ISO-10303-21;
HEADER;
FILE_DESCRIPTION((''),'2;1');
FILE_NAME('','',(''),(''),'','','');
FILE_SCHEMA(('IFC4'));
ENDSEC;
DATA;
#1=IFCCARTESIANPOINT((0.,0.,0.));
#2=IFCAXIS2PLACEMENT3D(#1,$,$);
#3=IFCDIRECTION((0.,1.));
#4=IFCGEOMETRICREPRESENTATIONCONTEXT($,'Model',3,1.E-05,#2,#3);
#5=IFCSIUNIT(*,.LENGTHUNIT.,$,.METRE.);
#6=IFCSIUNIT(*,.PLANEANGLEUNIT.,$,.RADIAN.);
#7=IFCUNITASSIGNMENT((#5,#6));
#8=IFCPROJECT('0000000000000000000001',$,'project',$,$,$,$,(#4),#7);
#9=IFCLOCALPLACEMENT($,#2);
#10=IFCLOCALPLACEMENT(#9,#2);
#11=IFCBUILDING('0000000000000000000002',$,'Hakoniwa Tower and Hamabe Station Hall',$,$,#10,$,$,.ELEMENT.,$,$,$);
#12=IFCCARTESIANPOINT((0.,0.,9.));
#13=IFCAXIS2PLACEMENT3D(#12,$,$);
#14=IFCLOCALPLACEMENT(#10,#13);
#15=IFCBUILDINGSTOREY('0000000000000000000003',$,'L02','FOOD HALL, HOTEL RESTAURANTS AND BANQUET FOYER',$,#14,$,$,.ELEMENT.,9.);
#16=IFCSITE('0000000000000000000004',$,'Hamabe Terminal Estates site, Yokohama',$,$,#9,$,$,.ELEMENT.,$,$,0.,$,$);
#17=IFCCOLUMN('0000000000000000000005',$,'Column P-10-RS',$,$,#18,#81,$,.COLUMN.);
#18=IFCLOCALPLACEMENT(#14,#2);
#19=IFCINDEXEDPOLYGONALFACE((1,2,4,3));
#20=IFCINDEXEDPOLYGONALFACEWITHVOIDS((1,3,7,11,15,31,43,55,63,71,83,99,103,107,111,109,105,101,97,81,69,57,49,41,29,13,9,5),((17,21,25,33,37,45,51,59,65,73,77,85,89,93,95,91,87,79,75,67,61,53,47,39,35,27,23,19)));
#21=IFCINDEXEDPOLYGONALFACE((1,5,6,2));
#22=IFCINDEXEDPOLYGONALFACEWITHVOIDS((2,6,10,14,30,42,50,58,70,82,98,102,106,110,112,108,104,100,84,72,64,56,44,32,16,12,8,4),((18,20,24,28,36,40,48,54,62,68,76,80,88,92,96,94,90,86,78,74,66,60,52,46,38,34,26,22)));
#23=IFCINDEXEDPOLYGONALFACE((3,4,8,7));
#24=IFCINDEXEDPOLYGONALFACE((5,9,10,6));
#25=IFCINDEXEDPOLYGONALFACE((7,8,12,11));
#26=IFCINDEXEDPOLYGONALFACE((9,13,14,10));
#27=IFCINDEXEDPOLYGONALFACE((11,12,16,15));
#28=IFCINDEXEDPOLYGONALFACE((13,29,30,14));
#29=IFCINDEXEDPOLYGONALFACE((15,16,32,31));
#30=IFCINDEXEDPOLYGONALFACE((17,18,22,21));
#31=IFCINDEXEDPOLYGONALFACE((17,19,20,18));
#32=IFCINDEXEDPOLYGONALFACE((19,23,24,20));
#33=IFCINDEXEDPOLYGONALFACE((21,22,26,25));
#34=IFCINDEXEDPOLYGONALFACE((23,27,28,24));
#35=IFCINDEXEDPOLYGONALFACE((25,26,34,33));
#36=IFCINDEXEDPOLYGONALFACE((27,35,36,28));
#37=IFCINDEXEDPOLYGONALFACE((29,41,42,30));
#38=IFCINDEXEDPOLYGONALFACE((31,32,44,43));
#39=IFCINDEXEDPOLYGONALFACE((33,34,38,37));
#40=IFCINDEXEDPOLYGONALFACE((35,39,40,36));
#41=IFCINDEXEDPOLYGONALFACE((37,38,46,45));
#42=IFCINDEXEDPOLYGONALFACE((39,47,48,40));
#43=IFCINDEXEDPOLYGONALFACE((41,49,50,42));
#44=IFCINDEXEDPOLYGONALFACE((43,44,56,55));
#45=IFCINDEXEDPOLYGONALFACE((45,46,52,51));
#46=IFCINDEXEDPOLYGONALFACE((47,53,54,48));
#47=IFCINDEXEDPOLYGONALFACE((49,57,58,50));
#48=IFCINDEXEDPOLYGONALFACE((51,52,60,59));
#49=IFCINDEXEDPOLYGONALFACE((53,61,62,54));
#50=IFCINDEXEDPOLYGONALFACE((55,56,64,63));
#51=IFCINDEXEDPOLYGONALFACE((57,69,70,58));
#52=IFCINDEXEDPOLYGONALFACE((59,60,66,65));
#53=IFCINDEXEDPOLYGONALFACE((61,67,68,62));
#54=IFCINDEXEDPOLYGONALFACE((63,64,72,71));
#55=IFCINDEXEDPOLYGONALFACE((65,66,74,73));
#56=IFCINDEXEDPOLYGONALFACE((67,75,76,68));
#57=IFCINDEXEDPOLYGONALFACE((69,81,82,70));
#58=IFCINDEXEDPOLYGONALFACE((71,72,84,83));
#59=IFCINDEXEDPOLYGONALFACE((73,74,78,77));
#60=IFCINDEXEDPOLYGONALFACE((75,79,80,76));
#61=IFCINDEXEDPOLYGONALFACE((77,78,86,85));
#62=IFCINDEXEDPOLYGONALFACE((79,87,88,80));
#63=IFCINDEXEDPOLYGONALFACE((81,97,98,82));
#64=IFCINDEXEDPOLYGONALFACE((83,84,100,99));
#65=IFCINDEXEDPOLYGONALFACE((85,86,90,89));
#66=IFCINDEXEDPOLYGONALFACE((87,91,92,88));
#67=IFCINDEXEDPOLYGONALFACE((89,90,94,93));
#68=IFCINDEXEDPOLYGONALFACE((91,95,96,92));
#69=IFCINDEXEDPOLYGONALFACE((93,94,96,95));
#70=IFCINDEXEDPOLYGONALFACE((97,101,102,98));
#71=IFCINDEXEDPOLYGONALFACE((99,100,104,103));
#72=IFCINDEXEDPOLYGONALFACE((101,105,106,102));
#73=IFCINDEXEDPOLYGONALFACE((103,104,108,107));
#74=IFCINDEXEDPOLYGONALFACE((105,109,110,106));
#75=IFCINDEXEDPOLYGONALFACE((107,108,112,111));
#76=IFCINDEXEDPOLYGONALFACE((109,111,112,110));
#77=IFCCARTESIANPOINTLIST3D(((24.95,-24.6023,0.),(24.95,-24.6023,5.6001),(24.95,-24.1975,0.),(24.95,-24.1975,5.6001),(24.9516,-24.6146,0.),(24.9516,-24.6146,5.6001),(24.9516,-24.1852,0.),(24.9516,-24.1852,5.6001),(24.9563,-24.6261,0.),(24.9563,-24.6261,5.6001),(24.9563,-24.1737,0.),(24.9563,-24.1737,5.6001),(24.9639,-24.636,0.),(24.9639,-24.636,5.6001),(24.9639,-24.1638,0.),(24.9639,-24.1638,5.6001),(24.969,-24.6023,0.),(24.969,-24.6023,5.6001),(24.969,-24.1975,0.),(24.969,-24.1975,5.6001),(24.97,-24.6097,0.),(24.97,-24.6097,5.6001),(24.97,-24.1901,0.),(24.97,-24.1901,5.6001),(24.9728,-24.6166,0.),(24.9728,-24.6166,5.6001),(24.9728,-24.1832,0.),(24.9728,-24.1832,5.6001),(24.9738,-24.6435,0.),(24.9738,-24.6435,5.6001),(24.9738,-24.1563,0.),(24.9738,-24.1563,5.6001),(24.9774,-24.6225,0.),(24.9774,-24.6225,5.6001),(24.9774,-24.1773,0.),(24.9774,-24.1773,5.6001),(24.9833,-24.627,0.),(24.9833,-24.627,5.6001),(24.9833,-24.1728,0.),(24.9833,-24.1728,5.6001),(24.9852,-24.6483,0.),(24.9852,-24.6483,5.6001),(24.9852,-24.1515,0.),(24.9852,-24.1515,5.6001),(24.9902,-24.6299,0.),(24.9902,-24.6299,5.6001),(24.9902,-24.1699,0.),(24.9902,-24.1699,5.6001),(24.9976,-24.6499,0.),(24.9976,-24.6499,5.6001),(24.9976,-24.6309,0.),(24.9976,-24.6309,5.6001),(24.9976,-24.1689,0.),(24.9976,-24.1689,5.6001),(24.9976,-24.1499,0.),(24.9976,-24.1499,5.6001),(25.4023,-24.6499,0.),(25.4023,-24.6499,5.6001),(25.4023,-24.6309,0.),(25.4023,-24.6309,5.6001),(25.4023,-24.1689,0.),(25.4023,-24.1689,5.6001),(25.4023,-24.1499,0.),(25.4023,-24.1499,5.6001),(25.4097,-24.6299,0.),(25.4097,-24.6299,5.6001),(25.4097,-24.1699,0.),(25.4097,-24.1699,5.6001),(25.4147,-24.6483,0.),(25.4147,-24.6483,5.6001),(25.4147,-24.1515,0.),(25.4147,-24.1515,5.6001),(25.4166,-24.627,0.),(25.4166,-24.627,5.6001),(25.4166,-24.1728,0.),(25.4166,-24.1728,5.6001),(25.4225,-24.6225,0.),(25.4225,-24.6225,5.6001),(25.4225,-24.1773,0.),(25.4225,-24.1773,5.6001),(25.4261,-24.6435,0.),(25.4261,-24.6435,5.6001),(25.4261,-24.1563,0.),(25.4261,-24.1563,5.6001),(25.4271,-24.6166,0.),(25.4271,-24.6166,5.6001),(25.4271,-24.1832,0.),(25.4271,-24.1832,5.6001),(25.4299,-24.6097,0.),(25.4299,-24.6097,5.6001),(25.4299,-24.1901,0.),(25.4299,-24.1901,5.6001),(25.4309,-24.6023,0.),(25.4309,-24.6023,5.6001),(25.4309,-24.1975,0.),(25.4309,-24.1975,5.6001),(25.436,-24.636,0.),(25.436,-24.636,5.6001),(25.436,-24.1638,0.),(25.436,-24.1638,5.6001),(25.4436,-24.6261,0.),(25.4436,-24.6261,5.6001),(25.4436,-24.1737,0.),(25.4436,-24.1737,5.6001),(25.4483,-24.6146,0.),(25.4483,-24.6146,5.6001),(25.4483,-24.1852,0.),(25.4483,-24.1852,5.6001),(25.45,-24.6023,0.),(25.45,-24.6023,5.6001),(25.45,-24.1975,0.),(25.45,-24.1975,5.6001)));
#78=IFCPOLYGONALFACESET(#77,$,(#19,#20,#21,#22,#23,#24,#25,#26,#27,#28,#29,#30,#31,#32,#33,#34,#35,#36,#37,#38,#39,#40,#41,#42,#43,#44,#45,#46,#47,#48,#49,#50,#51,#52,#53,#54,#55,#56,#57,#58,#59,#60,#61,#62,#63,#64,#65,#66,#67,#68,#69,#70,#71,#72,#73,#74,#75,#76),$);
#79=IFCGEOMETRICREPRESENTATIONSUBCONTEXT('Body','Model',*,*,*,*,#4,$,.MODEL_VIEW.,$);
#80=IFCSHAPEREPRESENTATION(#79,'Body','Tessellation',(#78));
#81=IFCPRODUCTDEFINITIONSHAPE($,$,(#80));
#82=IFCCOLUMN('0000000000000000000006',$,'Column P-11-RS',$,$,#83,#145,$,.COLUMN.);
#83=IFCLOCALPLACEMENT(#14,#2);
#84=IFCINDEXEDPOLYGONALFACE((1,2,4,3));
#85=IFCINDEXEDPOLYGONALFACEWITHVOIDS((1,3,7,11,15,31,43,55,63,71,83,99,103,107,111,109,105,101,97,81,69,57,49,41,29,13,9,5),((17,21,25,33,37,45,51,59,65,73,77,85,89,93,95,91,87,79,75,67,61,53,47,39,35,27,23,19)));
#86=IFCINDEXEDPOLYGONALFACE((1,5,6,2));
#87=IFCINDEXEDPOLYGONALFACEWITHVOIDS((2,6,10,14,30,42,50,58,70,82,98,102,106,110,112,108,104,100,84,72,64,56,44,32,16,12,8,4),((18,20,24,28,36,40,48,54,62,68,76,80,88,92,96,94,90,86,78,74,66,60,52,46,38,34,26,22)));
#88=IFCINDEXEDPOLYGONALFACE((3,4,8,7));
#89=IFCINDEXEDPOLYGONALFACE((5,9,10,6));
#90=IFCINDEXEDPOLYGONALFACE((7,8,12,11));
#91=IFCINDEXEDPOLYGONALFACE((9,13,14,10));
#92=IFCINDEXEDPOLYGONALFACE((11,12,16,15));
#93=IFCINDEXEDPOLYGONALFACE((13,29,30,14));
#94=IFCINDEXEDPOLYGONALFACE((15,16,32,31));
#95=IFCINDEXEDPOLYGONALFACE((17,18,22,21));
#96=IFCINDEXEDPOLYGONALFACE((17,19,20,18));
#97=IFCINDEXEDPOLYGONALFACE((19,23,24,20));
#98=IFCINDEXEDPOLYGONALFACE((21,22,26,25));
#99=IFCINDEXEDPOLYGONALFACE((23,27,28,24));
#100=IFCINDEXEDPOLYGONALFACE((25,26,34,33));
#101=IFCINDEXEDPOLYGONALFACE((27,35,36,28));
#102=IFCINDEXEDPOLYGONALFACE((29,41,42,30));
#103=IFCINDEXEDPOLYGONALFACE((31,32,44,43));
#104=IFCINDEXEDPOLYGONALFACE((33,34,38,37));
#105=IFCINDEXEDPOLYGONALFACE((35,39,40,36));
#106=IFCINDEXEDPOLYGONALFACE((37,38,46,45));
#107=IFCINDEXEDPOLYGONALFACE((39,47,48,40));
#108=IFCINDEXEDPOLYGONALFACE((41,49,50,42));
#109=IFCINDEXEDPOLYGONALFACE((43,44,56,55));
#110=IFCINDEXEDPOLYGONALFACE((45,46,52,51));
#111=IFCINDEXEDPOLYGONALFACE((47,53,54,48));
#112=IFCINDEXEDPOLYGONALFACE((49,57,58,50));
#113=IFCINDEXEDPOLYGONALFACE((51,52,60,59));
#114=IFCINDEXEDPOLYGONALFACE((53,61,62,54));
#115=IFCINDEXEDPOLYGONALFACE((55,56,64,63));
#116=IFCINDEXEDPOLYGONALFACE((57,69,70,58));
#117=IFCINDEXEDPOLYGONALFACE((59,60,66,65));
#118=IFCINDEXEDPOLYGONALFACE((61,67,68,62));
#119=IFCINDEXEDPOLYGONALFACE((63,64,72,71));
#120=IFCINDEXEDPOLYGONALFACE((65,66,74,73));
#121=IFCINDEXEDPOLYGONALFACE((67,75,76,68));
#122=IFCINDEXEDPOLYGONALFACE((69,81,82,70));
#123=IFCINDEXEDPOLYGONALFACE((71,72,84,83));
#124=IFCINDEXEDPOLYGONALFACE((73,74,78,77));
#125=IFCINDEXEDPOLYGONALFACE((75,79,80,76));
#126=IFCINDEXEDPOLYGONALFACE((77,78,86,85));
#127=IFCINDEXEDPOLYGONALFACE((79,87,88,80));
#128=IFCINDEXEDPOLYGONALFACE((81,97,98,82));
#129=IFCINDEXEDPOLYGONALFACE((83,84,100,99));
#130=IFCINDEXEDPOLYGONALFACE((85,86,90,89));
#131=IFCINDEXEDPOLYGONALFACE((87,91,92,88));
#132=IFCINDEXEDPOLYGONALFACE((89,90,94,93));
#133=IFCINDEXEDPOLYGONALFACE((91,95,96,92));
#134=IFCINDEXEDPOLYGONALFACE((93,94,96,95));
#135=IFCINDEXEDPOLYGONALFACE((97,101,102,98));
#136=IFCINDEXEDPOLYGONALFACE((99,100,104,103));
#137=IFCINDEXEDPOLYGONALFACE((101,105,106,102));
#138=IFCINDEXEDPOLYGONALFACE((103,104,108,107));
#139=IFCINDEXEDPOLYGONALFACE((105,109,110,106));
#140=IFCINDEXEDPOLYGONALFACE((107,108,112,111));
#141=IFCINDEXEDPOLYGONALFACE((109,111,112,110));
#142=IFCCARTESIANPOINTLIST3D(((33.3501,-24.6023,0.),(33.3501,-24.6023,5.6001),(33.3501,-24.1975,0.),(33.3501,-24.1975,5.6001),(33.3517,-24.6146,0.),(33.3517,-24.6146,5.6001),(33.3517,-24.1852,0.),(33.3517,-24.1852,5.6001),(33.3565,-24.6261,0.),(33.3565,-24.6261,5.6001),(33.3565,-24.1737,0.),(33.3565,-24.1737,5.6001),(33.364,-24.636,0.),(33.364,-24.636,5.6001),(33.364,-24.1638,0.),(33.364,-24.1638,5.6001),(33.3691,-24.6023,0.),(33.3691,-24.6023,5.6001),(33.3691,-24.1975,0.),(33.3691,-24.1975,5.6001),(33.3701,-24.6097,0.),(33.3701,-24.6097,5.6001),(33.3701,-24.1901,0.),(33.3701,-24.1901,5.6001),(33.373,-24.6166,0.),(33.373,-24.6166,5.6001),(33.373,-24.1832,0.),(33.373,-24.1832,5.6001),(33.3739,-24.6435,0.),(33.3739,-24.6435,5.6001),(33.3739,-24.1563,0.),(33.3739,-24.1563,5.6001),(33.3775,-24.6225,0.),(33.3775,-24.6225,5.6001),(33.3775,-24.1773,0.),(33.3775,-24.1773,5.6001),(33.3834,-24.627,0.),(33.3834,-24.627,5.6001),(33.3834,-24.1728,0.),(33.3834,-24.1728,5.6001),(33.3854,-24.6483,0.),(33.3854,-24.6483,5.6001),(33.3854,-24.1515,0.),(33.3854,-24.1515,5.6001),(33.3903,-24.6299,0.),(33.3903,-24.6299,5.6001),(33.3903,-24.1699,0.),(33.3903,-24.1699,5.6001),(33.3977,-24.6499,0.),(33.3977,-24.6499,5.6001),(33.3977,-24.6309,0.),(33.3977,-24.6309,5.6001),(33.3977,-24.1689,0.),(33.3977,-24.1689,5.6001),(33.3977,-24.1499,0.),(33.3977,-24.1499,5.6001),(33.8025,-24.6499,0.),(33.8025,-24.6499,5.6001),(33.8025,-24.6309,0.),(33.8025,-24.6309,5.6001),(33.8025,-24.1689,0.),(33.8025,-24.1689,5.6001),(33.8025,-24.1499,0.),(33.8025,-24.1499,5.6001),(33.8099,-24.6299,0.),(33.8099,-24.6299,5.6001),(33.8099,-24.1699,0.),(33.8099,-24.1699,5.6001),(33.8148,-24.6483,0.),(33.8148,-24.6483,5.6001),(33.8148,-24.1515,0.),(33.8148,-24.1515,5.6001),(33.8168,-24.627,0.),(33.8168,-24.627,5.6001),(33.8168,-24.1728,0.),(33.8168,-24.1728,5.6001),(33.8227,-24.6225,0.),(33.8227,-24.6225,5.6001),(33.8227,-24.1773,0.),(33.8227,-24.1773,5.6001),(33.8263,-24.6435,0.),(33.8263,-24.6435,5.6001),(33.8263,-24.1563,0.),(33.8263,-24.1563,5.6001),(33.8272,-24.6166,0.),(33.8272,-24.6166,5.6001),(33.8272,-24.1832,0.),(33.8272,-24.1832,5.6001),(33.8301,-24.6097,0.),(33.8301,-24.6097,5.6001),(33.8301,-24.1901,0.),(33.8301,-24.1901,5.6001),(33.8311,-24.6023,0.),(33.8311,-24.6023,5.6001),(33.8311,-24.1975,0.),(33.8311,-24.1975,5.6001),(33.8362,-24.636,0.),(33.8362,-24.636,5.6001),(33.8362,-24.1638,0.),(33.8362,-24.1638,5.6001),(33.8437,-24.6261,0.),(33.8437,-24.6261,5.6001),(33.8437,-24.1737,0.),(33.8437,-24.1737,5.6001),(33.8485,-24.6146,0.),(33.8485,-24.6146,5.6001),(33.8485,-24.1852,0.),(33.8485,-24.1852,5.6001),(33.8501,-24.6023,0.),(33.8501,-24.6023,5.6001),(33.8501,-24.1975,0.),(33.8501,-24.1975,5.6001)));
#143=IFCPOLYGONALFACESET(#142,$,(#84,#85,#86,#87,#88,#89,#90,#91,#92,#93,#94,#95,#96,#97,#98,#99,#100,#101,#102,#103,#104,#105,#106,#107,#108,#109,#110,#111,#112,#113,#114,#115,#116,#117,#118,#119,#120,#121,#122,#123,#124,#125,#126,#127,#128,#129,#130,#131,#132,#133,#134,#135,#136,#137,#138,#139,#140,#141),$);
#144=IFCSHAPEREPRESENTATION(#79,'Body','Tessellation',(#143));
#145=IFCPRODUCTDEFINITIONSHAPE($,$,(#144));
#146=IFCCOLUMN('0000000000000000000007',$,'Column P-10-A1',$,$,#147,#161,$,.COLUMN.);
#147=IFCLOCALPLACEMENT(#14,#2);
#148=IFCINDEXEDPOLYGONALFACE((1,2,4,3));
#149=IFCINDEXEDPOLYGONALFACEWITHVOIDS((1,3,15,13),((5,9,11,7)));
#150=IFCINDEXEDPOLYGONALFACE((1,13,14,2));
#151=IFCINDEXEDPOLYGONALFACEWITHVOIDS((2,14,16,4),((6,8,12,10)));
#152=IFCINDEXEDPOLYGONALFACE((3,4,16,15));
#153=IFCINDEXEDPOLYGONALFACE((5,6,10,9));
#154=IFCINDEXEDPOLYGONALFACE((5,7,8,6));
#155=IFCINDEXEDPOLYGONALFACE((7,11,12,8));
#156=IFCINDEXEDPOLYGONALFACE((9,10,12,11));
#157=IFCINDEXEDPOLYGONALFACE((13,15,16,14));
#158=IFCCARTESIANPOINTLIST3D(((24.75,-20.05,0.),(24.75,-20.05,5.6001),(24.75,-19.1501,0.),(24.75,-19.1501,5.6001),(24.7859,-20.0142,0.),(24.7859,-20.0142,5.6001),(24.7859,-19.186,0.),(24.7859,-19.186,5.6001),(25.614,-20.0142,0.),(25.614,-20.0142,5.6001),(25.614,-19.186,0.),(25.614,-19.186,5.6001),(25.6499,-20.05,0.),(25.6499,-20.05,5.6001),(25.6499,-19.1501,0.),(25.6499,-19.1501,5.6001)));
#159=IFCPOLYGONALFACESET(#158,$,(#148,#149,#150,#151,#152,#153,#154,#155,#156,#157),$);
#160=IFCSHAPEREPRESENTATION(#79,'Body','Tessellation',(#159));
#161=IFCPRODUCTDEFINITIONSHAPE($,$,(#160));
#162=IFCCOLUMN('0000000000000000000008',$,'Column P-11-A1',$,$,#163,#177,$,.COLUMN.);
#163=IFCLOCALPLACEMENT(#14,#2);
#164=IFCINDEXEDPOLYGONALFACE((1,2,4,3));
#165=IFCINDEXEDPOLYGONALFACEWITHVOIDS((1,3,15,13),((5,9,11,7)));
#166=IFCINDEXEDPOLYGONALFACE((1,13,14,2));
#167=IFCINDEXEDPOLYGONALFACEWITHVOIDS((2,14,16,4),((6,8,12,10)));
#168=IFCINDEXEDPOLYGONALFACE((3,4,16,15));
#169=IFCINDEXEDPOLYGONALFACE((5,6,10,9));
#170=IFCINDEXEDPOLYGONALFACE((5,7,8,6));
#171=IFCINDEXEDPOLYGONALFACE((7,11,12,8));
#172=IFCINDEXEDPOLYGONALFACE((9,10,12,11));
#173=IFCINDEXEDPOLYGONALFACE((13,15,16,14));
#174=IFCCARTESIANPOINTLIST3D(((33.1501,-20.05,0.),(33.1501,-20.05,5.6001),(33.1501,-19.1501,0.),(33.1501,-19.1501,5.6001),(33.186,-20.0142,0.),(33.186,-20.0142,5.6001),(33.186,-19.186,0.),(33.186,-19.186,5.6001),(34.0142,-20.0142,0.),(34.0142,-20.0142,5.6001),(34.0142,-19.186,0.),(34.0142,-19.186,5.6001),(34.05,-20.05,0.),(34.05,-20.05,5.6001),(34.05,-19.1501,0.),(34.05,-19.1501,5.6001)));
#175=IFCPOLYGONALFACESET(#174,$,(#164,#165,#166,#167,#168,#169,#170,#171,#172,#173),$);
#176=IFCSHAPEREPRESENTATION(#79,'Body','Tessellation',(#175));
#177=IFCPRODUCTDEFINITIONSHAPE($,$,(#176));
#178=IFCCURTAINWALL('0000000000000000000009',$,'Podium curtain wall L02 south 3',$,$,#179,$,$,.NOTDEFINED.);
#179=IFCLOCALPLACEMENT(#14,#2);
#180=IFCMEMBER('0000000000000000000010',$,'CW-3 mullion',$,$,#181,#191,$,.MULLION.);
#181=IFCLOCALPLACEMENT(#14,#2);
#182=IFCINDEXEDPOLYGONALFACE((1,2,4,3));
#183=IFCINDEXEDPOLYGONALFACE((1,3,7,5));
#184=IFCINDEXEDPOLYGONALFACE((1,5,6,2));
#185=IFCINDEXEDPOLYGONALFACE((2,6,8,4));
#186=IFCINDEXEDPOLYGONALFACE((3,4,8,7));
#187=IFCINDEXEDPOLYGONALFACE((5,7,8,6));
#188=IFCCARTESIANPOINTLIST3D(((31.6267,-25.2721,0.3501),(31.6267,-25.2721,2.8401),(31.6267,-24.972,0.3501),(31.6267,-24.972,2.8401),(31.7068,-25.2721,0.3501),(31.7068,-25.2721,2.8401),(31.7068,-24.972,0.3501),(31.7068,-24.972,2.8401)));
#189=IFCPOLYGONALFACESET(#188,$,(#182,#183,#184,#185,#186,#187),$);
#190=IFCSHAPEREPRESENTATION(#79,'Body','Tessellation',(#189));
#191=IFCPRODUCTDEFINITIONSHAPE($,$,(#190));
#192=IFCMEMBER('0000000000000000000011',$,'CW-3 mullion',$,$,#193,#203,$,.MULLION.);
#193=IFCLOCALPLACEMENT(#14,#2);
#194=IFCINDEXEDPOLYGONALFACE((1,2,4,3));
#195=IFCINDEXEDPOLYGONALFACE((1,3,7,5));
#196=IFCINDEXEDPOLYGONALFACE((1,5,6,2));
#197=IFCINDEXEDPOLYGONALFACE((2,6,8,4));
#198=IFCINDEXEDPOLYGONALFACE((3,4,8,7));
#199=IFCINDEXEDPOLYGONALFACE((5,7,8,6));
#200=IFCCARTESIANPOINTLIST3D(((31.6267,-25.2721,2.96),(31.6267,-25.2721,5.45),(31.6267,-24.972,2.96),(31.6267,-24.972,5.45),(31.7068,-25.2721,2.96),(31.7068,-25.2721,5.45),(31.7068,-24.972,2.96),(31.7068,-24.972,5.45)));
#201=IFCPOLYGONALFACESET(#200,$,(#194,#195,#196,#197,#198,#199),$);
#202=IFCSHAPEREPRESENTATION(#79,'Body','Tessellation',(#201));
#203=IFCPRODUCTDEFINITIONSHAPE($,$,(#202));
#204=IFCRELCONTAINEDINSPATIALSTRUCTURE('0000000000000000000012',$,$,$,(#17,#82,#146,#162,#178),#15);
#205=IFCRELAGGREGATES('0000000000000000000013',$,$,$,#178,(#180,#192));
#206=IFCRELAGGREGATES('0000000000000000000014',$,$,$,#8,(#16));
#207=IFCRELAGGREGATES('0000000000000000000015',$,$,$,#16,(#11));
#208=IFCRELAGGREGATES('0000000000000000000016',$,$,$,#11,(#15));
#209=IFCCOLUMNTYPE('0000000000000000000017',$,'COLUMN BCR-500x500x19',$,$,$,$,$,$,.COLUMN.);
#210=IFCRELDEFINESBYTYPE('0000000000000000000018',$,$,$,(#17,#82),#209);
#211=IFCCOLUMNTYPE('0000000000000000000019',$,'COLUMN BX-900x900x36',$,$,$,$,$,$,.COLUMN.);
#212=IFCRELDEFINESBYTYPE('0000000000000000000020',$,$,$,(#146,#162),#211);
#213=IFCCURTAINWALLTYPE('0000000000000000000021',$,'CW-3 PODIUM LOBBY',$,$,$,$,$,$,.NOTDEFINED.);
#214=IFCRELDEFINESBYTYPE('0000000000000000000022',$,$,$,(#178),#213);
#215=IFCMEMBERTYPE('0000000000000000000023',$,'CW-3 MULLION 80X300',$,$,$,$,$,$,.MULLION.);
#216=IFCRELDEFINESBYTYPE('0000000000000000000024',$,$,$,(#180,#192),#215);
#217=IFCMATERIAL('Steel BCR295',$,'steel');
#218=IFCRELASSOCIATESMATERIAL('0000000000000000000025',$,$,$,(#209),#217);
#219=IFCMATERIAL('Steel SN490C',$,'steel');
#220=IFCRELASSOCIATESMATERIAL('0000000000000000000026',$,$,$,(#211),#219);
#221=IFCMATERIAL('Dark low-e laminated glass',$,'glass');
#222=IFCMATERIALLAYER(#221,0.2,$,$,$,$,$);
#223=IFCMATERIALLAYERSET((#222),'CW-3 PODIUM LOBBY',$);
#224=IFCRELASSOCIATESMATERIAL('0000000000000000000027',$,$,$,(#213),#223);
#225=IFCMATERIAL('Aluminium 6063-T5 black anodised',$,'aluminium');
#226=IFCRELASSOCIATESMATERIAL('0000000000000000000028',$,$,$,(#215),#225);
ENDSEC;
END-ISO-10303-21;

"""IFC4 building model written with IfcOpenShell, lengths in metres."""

from ifc_helpers import new_model, si_unit, direction, frame, origin, origin_2d, place, context, subcontext, project, spatial, rectangle, hollow_rectangle, extrude, material, layer, layer_set, material_profile, profile_set, type_object, element, aggregate, save


model = new_model("IFC4")

# Units and contexts
model_context = context("Model", 3, precision=1e-05, world=origin(), true_north=direction((0.0, 1.0)))
body_context = subcontext(model_context, "Body", "Model", "MODEL_VIEW")
ifc_project = project(units=[si_unit("LENGTHUNIT", "METRE"), si_unit("PLANEANGLEUNIT", "RADIAN")], contexts=[model_context])

# Site, building, storey
site_placement = place(None, origin())
site = spatial("IfcSite", under=ifc_project, at=site_placement, Name="Hamabe Terminal Estates site, Yokohama", CompositionType="ELEMENT", RefElevation=0.0)
building_placement = place(site_placement, origin())
building = spatial("IfcBuilding", under=site, at=building_placement, Name="Hakoniwa Tower and Hamabe Station Hall", CompositionType="ELEMENT")
storey_placement = place(building_placement, frame((0.0, 0.0, 9.0)))
storey = spatial("IfcBuildingStorey", under=building, at=storey_placement, Name="L02", Description="FOOD HALL, HOTEL RESTAURANTS AND BANQUET FOYER", CompositionType="ELEMENT", Elevation=9.0)

# Columns
ifc_material_1 = material(Name="Steel BCR295", Category="steel")
ifc_material_profile_1 = material_profile(ifc_material_1, hollow_rectangle(XDim=0.5, YDim=0.5, WallThickness=0.019, InnerFilletRadius=0.0286, OuterFilletRadius=0.0476, at=origin_2d()), Name="BCR-500x500x19")
ifc_profile_set_1 = profile_set([ifc_material_profile_1], Name="Steel BCR295")
column_type_1 = type_object("IfcColumnType", Name="COLUMN BCR-500x500x19", PredefinedType="COLUMN", material=ifc_profile_set_1)
for number, where, z_axis, x_axis, name in (
    (1, (25.2, -24.3999, 0.0), (0.0, 0.0, 1.0), (1.0, 0.0, 0.0), "Column P-10-RS"),
    (2, (33.6001, -24.3999, 0.0), (0.0, 0.0, 1.0), (1.0, 0.0, 0.0), "Column P-11-RS"),
):
    element("IfcColumn", number, at=place(storey_placement, frame(where, z_axis=z_axis, x_axis=x_axis)), inside=storey, type_object=column_type_1, Name=name, PredefinedType="COLUMN", context=body_context, shape_type="SweptSolid", body=[
        extrude(hollow_rectangle(XDim=0.5, YDim=0.5, WallThickness=0.019, InnerFilletRadius=0.0286, OuterFilletRadius=0.0476, at=origin_2d()), origin(), (0.0, 0.0, 1.0), 5.6001),
    ])
ifc_material_2 = material(Name="Steel SN490C", Category="steel")
ifc_material_profile_2 = material_profile(ifc_material_2, hollow_rectangle(XDim=0.8999, YDim=0.8999, WallThickness=0.0359, at=origin_2d()), Name="BX-900x900x36")
ifc_profile_set_2 = profile_set([ifc_material_profile_2], Name="Steel SN490C")
column_type_2 = type_object("IfcColumnType", Name="COLUMN BX-900x900x36", PredefinedType="COLUMN", material=ifc_profile_set_2)
for number, where, z_axis, x_axis, name in (
    (3, (25.2, -19.6001, 0.0), (0.0, 0.0, 1.0), (1.0, 0.0, 0.0), "Column P-10-A1"),
    (4, (33.6001, -19.6001, 0.0), (0.0, 0.0, 1.0), (1.0, 0.0, 0.0), "Column P-11-A1"),
):
    element("IfcColumn", number, at=place(storey_placement, frame(where, z_axis=z_axis, x_axis=x_axis)), inside=storey, type_object=column_type_2, Name=name, PredefinedType="COLUMN", context=body_context, shape_type="SweptSolid", body=[
        extrude(hollow_rectangle(XDim=0.8999, YDim=0.8999, WallThickness=0.0359, at=origin_2d()), origin(), (0.0, 0.0, 1.0), 5.6001),
    ])

# Curtain wall, members
ifc_material_3 = material(Name="Dark low-e laminated glass", Category="glass")
ifc_layer_1 = layer(ifc_material_3, 0.2)
ifc_layer_set_1 = layer_set([ifc_layer_1], Name="CW-3 PODIUM LOBBY")
curtain_wall_type = type_object("IfcCurtainWallType", Name="CW-3 PODIUM LOBBY", PredefinedType="NOTDEFINED", material=ifc_layer_set_1)
curtain_wall_placement = place(storey_placement, origin())
curtain_wall = element("IfcCurtainWall", 5, at=curtain_wall_placement, inside=storey, type_object=curtain_wall_type, Name="Podium curtain wall L02 south 3", PredefinedType="NOTDEFINED")
ifc_material_4 = material(Name="Aluminium 6063-T5 black anodised", Category="aluminium")
ifc_material_profile_3 = material_profile(ifc_material_4, rectangle(XDim=0.0801, YDim=0.3, at=origin_2d()), Name="CW-3 MULLION 80X300")
ifc_profile_set_3 = profile_set([ifc_material_profile_3], Name="Aluminium 6063-T5 black anodised")
member_type = type_object("IfcMemberType", Name="CW-3 MULLION 80X300", PredefinedType="MULLION", material=ifc_profile_set_3)
member_1_placement = place(storey_placement, frame((31.6667, -25.1221, 0.3501), z_axis=(0.0, 0.0, 1.0), x_axis=(1.0, 0.0, 0.0)))
member_1 = element("IfcMember", 6, at=member_1_placement, type_object=member_type, Name="CW-3 mullion", PredefinedType="MULLION", context=body_context, shape_type="SweptSolid", body=[
    extrude(rectangle(XDim=0.0801, YDim=0.3, at=origin_2d()), origin(), (0.0, 0.0, 1.0), 2.49),
])
member_2_placement = place(storey_placement, frame((31.6667, -25.1221, 2.96), z_axis=(0.0, 0.0, 1.0), x_axis=(1.0, 0.0, 0.0)))
member_2 = element("IfcMember", 7, at=member_2_placement, type_object=member_type, Name="CW-3 mullion", PredefinedType="MULLION", context=body_context, shape_type="SweptSolid", body=[
    extrude(rectangle(XDim=0.0801, YDim=0.3, at=origin_2d()), origin(), (0.0, 0.0, 1.0), 2.49),
])
aggregate(curtain_wall, [member_1, member_2])

save(model, "model.ifc")
